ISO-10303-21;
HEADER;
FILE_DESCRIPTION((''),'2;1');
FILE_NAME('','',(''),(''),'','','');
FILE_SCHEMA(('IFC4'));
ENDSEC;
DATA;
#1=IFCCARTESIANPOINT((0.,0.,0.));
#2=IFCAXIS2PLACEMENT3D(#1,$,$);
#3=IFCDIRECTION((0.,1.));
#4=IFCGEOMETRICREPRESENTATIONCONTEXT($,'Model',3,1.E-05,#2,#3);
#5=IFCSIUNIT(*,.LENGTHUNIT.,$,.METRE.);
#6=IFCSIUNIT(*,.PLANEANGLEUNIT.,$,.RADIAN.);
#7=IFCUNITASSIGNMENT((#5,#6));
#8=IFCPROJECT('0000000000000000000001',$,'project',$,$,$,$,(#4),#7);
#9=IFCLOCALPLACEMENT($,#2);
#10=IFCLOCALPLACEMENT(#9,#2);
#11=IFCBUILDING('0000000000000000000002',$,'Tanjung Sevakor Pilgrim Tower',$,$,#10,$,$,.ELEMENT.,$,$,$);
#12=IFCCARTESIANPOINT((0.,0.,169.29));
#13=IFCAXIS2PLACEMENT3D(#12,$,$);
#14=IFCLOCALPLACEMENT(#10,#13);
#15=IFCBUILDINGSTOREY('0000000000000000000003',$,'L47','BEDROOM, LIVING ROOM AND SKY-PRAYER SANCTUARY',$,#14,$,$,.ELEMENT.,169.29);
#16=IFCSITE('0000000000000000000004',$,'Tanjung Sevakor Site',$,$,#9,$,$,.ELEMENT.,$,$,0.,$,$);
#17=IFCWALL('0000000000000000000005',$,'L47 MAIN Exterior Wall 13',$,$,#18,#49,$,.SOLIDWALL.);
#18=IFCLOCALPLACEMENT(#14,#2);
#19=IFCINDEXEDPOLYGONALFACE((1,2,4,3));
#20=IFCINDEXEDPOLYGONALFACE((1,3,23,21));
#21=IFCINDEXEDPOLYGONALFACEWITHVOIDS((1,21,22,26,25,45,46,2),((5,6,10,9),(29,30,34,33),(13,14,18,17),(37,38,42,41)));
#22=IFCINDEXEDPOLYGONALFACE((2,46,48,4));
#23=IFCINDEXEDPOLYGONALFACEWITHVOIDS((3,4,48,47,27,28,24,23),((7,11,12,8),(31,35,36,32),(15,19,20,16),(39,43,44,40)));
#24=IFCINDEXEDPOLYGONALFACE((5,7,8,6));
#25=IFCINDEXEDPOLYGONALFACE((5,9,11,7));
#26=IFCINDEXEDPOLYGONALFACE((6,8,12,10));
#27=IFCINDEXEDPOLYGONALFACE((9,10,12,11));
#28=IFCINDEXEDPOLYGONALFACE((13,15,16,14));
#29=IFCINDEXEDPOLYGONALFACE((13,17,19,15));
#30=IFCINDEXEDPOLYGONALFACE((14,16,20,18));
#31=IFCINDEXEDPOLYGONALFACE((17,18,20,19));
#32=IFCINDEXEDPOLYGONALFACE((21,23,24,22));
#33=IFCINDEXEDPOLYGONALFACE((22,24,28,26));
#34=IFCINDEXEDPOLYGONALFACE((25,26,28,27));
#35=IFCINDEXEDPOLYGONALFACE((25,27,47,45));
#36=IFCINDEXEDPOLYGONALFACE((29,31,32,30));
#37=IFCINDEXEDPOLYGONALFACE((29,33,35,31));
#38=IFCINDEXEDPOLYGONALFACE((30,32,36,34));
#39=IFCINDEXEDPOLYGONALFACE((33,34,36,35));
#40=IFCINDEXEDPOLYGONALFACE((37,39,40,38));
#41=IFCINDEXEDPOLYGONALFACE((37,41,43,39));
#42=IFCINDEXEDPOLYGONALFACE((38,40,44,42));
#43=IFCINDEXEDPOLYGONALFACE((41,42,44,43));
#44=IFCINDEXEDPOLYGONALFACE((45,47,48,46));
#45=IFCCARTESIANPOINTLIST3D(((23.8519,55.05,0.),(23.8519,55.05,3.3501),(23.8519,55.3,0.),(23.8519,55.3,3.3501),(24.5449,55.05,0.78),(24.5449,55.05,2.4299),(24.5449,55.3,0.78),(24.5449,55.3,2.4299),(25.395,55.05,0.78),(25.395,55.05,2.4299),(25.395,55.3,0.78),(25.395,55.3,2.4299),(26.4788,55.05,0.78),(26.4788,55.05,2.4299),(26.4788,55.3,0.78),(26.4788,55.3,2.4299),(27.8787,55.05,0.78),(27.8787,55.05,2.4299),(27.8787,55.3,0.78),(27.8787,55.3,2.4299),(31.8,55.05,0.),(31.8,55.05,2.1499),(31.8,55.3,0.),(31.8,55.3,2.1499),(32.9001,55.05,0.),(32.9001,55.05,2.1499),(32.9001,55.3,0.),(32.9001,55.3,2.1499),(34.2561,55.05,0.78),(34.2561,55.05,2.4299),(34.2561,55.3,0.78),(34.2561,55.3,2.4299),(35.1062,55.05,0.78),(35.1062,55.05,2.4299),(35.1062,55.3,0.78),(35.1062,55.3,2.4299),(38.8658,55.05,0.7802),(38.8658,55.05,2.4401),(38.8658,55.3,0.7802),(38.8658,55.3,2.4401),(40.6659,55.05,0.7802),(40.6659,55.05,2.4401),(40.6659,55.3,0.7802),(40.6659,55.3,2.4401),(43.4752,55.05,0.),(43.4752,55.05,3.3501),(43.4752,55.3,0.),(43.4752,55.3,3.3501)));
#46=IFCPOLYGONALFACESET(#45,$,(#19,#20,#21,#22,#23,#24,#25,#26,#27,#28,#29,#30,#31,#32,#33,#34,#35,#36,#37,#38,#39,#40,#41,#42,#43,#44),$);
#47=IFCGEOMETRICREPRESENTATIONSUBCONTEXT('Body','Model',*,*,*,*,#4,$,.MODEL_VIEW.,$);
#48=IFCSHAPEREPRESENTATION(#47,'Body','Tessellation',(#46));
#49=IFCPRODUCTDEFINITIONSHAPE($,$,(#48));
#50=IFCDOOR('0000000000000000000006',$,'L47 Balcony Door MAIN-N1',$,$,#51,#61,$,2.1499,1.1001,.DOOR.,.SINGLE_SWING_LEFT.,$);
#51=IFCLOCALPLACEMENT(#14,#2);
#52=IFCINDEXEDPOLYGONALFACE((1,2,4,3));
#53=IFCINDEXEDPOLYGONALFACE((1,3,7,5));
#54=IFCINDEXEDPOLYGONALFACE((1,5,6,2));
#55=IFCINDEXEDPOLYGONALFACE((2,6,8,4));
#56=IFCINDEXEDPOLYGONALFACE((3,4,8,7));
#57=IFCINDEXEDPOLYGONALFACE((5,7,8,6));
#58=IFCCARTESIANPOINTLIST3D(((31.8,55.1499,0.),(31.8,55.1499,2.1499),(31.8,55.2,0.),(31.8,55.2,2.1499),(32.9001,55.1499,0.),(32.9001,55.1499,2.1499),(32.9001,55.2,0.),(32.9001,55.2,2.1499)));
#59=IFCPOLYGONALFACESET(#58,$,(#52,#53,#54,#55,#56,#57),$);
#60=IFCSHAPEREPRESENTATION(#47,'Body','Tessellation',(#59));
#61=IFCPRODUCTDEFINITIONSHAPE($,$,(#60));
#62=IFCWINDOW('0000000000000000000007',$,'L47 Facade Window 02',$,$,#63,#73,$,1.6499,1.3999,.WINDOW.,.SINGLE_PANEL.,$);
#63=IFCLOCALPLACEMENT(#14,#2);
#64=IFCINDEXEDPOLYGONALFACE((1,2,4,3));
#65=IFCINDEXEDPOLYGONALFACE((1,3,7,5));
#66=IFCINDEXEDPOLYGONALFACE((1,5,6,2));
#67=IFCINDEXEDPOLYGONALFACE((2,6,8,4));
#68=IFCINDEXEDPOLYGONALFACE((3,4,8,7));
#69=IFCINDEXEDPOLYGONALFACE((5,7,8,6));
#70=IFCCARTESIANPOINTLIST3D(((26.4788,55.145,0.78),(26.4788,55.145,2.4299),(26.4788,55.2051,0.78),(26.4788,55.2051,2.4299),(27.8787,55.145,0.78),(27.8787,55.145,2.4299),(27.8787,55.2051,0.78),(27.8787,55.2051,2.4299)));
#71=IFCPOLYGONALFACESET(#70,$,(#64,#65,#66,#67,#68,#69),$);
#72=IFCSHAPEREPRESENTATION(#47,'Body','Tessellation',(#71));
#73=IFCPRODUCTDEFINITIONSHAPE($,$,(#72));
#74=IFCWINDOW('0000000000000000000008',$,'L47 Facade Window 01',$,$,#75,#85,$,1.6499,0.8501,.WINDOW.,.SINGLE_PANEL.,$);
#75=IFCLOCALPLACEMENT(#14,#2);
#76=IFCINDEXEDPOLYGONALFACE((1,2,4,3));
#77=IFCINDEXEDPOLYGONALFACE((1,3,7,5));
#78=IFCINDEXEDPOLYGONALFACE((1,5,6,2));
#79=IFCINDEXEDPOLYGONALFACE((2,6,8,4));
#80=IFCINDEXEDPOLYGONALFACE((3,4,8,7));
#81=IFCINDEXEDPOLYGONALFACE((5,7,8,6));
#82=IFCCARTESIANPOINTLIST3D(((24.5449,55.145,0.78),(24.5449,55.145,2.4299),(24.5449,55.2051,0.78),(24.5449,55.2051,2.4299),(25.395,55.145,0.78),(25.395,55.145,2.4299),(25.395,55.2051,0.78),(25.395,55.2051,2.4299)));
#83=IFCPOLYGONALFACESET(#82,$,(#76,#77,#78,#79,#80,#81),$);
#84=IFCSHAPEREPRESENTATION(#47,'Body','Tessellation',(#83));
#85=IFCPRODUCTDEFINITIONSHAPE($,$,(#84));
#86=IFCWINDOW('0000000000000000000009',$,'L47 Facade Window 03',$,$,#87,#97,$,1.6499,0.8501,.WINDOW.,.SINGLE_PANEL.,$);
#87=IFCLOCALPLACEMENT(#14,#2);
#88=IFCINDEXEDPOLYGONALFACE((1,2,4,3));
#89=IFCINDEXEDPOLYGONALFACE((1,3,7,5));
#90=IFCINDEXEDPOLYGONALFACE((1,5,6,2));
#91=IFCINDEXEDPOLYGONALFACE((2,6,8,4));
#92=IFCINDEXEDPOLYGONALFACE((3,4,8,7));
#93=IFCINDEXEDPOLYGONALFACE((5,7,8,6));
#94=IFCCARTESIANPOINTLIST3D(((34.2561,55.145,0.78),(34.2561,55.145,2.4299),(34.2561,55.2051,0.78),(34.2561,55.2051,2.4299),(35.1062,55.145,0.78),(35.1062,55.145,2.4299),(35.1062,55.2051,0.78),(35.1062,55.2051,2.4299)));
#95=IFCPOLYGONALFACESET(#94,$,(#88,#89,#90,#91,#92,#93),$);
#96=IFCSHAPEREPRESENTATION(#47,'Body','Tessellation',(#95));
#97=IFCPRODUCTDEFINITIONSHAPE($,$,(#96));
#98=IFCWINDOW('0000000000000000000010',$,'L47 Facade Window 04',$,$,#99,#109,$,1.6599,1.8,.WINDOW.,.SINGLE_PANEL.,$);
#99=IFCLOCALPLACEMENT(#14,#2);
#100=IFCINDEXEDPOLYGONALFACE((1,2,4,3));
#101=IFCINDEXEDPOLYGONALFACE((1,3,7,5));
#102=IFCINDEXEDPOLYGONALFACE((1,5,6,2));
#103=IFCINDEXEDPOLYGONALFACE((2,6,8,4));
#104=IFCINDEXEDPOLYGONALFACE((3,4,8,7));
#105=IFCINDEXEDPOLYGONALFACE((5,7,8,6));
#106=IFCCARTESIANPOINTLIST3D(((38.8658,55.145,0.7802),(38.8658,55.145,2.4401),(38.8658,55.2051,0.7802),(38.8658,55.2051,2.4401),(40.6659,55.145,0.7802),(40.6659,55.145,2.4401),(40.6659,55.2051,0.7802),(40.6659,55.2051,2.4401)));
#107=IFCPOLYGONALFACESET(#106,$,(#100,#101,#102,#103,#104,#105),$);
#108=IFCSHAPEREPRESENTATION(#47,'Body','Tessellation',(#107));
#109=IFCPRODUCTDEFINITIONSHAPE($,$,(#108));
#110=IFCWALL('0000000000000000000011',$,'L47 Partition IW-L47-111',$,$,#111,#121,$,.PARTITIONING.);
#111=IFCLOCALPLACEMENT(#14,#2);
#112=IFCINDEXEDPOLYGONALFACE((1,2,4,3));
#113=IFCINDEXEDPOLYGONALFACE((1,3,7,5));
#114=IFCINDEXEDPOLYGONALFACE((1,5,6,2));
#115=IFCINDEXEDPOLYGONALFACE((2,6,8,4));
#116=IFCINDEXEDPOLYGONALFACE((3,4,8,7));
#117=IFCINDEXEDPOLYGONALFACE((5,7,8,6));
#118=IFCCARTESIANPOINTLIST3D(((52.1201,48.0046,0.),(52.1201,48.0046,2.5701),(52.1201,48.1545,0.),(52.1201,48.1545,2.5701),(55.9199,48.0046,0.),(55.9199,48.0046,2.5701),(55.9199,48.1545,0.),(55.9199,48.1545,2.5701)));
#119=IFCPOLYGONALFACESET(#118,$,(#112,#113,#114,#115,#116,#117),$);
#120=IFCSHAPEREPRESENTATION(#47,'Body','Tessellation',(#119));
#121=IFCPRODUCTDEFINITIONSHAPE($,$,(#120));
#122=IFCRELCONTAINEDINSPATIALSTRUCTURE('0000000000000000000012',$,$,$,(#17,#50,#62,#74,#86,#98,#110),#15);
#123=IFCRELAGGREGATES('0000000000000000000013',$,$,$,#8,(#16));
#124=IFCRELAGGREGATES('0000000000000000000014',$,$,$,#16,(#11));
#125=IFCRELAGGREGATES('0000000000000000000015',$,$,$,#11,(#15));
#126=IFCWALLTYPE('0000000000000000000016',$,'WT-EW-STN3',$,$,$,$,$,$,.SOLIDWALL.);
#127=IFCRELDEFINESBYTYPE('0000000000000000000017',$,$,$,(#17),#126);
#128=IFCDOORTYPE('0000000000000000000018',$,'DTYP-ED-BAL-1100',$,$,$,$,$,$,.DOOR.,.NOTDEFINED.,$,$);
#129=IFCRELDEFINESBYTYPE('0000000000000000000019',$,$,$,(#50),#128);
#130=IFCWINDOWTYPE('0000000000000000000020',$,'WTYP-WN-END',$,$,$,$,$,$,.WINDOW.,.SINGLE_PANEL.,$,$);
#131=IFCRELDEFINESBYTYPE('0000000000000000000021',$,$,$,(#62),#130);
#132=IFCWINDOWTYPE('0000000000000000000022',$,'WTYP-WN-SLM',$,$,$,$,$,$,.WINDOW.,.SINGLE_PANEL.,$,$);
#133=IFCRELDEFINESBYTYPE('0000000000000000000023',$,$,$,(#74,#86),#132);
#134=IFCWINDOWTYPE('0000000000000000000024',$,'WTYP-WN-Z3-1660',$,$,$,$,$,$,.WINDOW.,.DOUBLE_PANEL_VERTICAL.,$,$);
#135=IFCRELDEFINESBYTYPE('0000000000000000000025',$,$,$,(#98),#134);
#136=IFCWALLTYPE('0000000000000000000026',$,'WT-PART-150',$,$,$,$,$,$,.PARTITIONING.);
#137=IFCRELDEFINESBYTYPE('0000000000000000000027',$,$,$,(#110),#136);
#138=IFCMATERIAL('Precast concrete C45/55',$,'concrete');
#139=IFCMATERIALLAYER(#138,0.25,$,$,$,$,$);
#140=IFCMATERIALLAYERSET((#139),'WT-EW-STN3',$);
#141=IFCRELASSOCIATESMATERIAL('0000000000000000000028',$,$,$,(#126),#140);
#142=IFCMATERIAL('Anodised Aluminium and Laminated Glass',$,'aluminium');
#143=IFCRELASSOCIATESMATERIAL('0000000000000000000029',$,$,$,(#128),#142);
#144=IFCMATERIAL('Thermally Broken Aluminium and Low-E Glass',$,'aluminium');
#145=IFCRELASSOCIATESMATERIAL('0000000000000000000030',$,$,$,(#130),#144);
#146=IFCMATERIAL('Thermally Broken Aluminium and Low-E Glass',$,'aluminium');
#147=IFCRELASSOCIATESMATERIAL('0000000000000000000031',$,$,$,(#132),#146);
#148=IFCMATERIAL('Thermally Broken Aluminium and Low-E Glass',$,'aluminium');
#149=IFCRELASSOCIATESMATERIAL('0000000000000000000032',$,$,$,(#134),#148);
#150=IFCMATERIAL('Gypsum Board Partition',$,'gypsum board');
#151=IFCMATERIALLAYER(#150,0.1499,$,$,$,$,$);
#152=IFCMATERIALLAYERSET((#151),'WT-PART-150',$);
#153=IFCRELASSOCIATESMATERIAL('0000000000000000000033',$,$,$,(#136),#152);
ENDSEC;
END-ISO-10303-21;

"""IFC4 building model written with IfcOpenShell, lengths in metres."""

from ifc_helpers import new_model, si_unit, direction, frame, frame_2d, origin, place, context, subcontext, project, spatial, rectangle, extrude, material, layer, layer_set, type_object, element, fill, save


model = new_model("IFC4")

# Units and contexts
model_context = context("Model", 3, precision=1e-05, world=origin(), true_north=direction((0.0, 1.0)))
body_context = subcontext(model_context, "Body", "Model", "MODEL_VIEW")
ifc_project = project(units=[si_unit("LENGTHUNIT", "METRE"), si_unit("PLANEANGLEUNIT", "RADIAN")], contexts=[model_context])

# Site, building, storey
site_placement = place(None, origin())
site = spatial("IfcSite", under=ifc_project, at=site_placement, Name="Tanjung Sevakor Site", CompositionType="ELEMENT", RefElevation=0.0)
building_placement = place(site_placement, origin())
building = spatial("IfcBuilding", under=site, at=building_placement, Name="Tanjung Sevakor Pilgrim Tower", CompositionType="ELEMENT")
storey_placement = place(building_placement, frame((0.0, 0.0, 169.29)))
storey = spatial("IfcBuildingStorey", under=building, at=storey_placement, Name="L47", Description="BEDROOM, LIVING ROOM AND SKY-PRAYER SANCTUARY", CompositionType="ELEMENT", Elevation=169.29)

# Shared definitions
ifc_material_1 = material(Name="Precast concrete C45/55", Category="concrete")
ifc_layer_1 = layer(ifc_material_1, 0.25)
ifc_layer_set_1 = layer_set([ifc_layer_1], Name="WT-EW-STN3")
wall_type_1 = type_object("IfcWallType", Name="WT-EW-STN3", PredefinedType="SOLIDWALL", material=ifc_layer_set_1)

# Wall, openings, door, windows
wall_1_placement = place(storey_placement, frame((43.4751, 55.175, 0.0), z_axis=(0.0, 0.0, 1.0), x_axis=(-1.0, 0.0, 0.0)))
wall_1 = element("IfcWall", 1, at=wall_1_placement, inside=storey, type_object=wall_type_1, Name="L47 MAIN Exterior Wall 13", PredefinedType="SOLIDWALL", context=body_context, shape_type="SweptSolid", body=[
    extrude(rectangle(XDim=19.6233, YDim=0.25, at=frame_2d((9.8115, 0.0))), origin(), (0.0, 0.0, 1.0), 3.3501),
])
opening_1_placement = place(wall_1_placement, frame((10.575, 0.0, 0.0)))
opening_1 = element("IfcOpeningElement", 2, at=opening_1_placement, cuts=wall_1, PredefinedType="OPENING", context=body_context, shape_type="SweptSolid", body=[
    extrude(rectangle(XDim=1.1001, YDim=2.1499, at=frame_2d((0.55, 1.075))), frame((0.0, 0.135, 0.0), z_axis=(0.0, -1.0, 0.0), x_axis=(1.0, 0.0, 0.0)), (0.0, 0.0, 1.0), 0.27),
])
opening_2_placement = place(wall_1_placement, frame((18.0801, 0.0, 0.78)))
opening_2 = element("IfcOpeningElement", 3, at=opening_2_placement, cuts=wall_1, PredefinedType="OPENING", context=body_context, shape_type="SweptSolid", body=[
    extrude(rectangle(XDim=0.8501, YDim=1.6499, at=frame_2d((0.425, 0.825))), frame((0.0, 0.135, 0.0), z_axis=(0.0, -1.0, 0.0), x_axis=(1.0, 0.0, 0.0)), (0.0, 0.0, 1.0), 0.27),
])
opening_3_placement = place(wall_1_placement, frame((15.5964, 0.0, 0.78)))
opening_3 = element("IfcOpeningElement", 4, at=opening_3_placement, cuts=wall_1, PredefinedType="OPENING", context=body_context, shape_type="SweptSolid", body=[
    extrude(rectangle(XDim=1.3999, YDim=1.6499, at=frame_2d((0.7, 0.825))), frame((0.0, 0.135, 0.0), z_axis=(0.0, -1.0, 0.0), x_axis=(1.0, 0.0, 0.0)), (0.0, 0.0, 1.0), 0.27),
])
opening_4_placement = place(wall_1_placement, frame((8.3689, 0.0, 0.78)))
opening_4 = element("IfcOpeningElement", 5, at=opening_4_placement, cuts=wall_1, PredefinedType="OPENING", context=body_context, shape_type="SweptSolid", body=[
    extrude(rectangle(XDim=0.8501, YDim=1.6499, at=frame_2d((0.425, 0.825))), frame((0.0, 0.135, 0.0), z_axis=(0.0, -1.0, 0.0), x_axis=(1.0, 0.0, 0.0)), (0.0, 0.0, 1.0), 0.27),
])
opening_5_placement = place(wall_1_placement, frame((2.8093, 0.0, 0.78)))
opening_5 = element("IfcOpeningElement", 6, at=opening_5_placement, cuts=wall_1, PredefinedType="OPENING", context=body_context, shape_type="SweptSolid", body=[
    extrude(rectangle(XDim=1.8, YDim=1.6599, at=frame_2d((0.8999, 0.8301))), frame((0.0, 0.135, 0.0), z_axis=(0.0, -1.0, 0.0), x_axis=(1.0, 0.0, 0.0)), (0.0, 0.0, 1.0), 0.27),
])
ifc_material_2 = material(Name="Anodised Aluminium and Laminated Glass", Category="aluminium")
door_type_1 = type_object("IfcDoorType", Name="DTYP-ED-BAL-1100", OperationType="NOTDEFINED", PredefinedType="DOOR", material=ifc_material_2)
door_1_placement = place(opening_1_placement, frame((1.1001, 0.0, 0.0), z_axis=(0.0, 0.0, 1.0), x_axis=(-1.0, 0.0, 0.0)))
door_1 = element("IfcDoor", 7, at=door_1_placement, inside=storey, type_object=door_type_1, Name="L47 Balcony Door MAIN-N1", OperationType="SINGLE_SWING_LEFT", OverallHeight=2.1499, OverallWidth=1.1001, PredefinedType="DOOR", context=body_context, shape_type="SweptSolid", body=[
    extrude(rectangle(XDim=1.1001, YDim=2.1499, at=frame_2d((0.55, 1.075))), frame((0.0, 0.0249, 0.0), z_axis=(0.0, -1.0, 0.0), x_axis=(1.0, 0.0, 0.0)), (0.0, 0.0, 1.0), 0.05),
])
fill(opening_1, door_1)
ifc_material_3 = material(Name="Thermally Broken Aluminium and Low-E Glass", Category="aluminium")
window_type_1 = type_object("IfcWindowType", Name="WTYP-WN-END", PartitioningType="SINGLE_PANEL", PredefinedType="WINDOW", material=ifc_material_3)
window_1_placement = place(opening_3_placement, origin())
window_1 = element("IfcWindow", 8, at=window_1_placement, inside=storey, type_object=window_type_1, Name="L47 Facade Window 02", OverallHeight=1.6499, OverallWidth=1.3999, PartitioningType="SINGLE_PANEL", PredefinedType="WINDOW", context=body_context, shape_type="SweptSolid", body=[
    extrude(rectangle(XDim=1.3999, YDim=1.6499, at=frame_2d((0.7, 0.825))), frame((0.0, 0.03, 0.0), z_axis=(0.0, -1.0, 0.0), x_axis=(1.0, 0.0, 0.0)), (0.0, 0.0, 1.0), 0.0601),
])
fill(opening_3, window_1)
ifc_material_4 = material(Name="Thermally Broken Aluminium and Low-E Glass", Category="aluminium")
window_type_2 = type_object("IfcWindowType", Name="WTYP-WN-SLM", PartitioningType="SINGLE_PANEL", PredefinedType="WINDOW", material=ifc_material_4)
window_2_placement = place(opening_2_placement, origin())
window_2 = element("IfcWindow", 9, at=window_2_placement, inside=storey, type_object=window_type_2, Name="L47 Facade Window 01", OverallHeight=1.6499, OverallWidth=0.8501, PartitioningType="SINGLE_PANEL", PredefinedType="WINDOW", context=body_context, shape_type="SweptSolid", body=[
    extrude(rectangle(XDim=0.8501, YDim=1.6499, at=frame_2d((0.425, 0.825))), frame((0.0, 0.03, 0.0), z_axis=(0.0, -1.0, 0.0), x_axis=(1.0, 0.0, 0.0)), (0.0, 0.0, 1.0), 0.0601),
])
fill(opening_2, window_2)
window_3_placement = place(opening_4_placement, origin())
window_3 = element("IfcWindow", 10, at=window_3_placement, inside=storey, type_object=window_type_2, Name="L47 Facade Window 03", OverallHeight=1.6499, OverallWidth=0.8501, PartitioningType="SINGLE_PANEL", PredefinedType="WINDOW", context=body_context, shape_type="SweptSolid", body=[
    extrude(rectangle(XDim=0.8501, YDim=1.6499, at=frame_2d((0.425, 0.825))), frame((0.0, 0.03, 0.0), z_axis=(0.0, -1.0, 0.0), x_axis=(1.0, 0.0, 0.0)), (0.0, 0.0, 1.0), 0.0601),
])
fill(opening_4, window_3)
ifc_material_5 = material(Name="Thermally Broken Aluminium and Low-E Glass", Category="aluminium")
window_type_3 = type_object("IfcWindowType", Name="WTYP-WN-Z3-1660", PartitioningType="DOUBLE_PANEL_VERTICAL", PredefinedType="WINDOW", material=ifc_material_5)
window_4_placement = place(opening_5_placement, origin())
window_4 = element("IfcWindow", 11, at=window_4_placement, inside=storey, type_object=window_type_3, Name="L47 Facade Window 04", OverallHeight=1.6599, OverallWidth=1.8, PartitioningType="SINGLE_PANEL", PredefinedType="WINDOW", context=body_context, shape_type="SweptSolid", body=[
    extrude(rectangle(XDim=1.8, YDim=1.6599, at=frame_2d((0.8999, 0.8301))), frame((0.0, 0.03, 0.0), z_axis=(0.0, -1.0, 0.0), x_axis=(1.0, 0.0, 0.0)), (0.0, 0.0, 1.0), 0.0601),
])
fill(opening_5, window_4)

# Wall
ifc_material_6 = material(Name="Gypsum Board Partition", Category="gypsum board")
ifc_layer_2 = layer(ifc_material_6, 0.1499)
ifc_layer_set_2 = layer_set([ifc_layer_2], Name="WT-PART-150")
wall_type_2 = type_object("IfcWallType", Name="WT-PART-150", PredefinedType="PARTITIONING", material=ifc_layer_set_2)
wall_2_placement = place(storey_placement, frame((52.1201, 48.0796, 0.0), z_axis=(0.0, 0.0, 1.0), x_axis=(1.0, 0.0, 0.0)))
element("IfcWall", 12, at=wall_2_placement, inside=storey, type_object=wall_type_2, Name="L47 Partition IW-L47-111", PredefinedType="PARTITIONING", context=body_context, shape_type="SweptSolid", body=[
    extrude(rectangle(XDim=3.7998, YDim=0.1499, at=frame_2d((1.8999, 0.0))), origin(), (0.0, 0.0, 1.0), 2.5701),
])

save(model, "model.ifc")
